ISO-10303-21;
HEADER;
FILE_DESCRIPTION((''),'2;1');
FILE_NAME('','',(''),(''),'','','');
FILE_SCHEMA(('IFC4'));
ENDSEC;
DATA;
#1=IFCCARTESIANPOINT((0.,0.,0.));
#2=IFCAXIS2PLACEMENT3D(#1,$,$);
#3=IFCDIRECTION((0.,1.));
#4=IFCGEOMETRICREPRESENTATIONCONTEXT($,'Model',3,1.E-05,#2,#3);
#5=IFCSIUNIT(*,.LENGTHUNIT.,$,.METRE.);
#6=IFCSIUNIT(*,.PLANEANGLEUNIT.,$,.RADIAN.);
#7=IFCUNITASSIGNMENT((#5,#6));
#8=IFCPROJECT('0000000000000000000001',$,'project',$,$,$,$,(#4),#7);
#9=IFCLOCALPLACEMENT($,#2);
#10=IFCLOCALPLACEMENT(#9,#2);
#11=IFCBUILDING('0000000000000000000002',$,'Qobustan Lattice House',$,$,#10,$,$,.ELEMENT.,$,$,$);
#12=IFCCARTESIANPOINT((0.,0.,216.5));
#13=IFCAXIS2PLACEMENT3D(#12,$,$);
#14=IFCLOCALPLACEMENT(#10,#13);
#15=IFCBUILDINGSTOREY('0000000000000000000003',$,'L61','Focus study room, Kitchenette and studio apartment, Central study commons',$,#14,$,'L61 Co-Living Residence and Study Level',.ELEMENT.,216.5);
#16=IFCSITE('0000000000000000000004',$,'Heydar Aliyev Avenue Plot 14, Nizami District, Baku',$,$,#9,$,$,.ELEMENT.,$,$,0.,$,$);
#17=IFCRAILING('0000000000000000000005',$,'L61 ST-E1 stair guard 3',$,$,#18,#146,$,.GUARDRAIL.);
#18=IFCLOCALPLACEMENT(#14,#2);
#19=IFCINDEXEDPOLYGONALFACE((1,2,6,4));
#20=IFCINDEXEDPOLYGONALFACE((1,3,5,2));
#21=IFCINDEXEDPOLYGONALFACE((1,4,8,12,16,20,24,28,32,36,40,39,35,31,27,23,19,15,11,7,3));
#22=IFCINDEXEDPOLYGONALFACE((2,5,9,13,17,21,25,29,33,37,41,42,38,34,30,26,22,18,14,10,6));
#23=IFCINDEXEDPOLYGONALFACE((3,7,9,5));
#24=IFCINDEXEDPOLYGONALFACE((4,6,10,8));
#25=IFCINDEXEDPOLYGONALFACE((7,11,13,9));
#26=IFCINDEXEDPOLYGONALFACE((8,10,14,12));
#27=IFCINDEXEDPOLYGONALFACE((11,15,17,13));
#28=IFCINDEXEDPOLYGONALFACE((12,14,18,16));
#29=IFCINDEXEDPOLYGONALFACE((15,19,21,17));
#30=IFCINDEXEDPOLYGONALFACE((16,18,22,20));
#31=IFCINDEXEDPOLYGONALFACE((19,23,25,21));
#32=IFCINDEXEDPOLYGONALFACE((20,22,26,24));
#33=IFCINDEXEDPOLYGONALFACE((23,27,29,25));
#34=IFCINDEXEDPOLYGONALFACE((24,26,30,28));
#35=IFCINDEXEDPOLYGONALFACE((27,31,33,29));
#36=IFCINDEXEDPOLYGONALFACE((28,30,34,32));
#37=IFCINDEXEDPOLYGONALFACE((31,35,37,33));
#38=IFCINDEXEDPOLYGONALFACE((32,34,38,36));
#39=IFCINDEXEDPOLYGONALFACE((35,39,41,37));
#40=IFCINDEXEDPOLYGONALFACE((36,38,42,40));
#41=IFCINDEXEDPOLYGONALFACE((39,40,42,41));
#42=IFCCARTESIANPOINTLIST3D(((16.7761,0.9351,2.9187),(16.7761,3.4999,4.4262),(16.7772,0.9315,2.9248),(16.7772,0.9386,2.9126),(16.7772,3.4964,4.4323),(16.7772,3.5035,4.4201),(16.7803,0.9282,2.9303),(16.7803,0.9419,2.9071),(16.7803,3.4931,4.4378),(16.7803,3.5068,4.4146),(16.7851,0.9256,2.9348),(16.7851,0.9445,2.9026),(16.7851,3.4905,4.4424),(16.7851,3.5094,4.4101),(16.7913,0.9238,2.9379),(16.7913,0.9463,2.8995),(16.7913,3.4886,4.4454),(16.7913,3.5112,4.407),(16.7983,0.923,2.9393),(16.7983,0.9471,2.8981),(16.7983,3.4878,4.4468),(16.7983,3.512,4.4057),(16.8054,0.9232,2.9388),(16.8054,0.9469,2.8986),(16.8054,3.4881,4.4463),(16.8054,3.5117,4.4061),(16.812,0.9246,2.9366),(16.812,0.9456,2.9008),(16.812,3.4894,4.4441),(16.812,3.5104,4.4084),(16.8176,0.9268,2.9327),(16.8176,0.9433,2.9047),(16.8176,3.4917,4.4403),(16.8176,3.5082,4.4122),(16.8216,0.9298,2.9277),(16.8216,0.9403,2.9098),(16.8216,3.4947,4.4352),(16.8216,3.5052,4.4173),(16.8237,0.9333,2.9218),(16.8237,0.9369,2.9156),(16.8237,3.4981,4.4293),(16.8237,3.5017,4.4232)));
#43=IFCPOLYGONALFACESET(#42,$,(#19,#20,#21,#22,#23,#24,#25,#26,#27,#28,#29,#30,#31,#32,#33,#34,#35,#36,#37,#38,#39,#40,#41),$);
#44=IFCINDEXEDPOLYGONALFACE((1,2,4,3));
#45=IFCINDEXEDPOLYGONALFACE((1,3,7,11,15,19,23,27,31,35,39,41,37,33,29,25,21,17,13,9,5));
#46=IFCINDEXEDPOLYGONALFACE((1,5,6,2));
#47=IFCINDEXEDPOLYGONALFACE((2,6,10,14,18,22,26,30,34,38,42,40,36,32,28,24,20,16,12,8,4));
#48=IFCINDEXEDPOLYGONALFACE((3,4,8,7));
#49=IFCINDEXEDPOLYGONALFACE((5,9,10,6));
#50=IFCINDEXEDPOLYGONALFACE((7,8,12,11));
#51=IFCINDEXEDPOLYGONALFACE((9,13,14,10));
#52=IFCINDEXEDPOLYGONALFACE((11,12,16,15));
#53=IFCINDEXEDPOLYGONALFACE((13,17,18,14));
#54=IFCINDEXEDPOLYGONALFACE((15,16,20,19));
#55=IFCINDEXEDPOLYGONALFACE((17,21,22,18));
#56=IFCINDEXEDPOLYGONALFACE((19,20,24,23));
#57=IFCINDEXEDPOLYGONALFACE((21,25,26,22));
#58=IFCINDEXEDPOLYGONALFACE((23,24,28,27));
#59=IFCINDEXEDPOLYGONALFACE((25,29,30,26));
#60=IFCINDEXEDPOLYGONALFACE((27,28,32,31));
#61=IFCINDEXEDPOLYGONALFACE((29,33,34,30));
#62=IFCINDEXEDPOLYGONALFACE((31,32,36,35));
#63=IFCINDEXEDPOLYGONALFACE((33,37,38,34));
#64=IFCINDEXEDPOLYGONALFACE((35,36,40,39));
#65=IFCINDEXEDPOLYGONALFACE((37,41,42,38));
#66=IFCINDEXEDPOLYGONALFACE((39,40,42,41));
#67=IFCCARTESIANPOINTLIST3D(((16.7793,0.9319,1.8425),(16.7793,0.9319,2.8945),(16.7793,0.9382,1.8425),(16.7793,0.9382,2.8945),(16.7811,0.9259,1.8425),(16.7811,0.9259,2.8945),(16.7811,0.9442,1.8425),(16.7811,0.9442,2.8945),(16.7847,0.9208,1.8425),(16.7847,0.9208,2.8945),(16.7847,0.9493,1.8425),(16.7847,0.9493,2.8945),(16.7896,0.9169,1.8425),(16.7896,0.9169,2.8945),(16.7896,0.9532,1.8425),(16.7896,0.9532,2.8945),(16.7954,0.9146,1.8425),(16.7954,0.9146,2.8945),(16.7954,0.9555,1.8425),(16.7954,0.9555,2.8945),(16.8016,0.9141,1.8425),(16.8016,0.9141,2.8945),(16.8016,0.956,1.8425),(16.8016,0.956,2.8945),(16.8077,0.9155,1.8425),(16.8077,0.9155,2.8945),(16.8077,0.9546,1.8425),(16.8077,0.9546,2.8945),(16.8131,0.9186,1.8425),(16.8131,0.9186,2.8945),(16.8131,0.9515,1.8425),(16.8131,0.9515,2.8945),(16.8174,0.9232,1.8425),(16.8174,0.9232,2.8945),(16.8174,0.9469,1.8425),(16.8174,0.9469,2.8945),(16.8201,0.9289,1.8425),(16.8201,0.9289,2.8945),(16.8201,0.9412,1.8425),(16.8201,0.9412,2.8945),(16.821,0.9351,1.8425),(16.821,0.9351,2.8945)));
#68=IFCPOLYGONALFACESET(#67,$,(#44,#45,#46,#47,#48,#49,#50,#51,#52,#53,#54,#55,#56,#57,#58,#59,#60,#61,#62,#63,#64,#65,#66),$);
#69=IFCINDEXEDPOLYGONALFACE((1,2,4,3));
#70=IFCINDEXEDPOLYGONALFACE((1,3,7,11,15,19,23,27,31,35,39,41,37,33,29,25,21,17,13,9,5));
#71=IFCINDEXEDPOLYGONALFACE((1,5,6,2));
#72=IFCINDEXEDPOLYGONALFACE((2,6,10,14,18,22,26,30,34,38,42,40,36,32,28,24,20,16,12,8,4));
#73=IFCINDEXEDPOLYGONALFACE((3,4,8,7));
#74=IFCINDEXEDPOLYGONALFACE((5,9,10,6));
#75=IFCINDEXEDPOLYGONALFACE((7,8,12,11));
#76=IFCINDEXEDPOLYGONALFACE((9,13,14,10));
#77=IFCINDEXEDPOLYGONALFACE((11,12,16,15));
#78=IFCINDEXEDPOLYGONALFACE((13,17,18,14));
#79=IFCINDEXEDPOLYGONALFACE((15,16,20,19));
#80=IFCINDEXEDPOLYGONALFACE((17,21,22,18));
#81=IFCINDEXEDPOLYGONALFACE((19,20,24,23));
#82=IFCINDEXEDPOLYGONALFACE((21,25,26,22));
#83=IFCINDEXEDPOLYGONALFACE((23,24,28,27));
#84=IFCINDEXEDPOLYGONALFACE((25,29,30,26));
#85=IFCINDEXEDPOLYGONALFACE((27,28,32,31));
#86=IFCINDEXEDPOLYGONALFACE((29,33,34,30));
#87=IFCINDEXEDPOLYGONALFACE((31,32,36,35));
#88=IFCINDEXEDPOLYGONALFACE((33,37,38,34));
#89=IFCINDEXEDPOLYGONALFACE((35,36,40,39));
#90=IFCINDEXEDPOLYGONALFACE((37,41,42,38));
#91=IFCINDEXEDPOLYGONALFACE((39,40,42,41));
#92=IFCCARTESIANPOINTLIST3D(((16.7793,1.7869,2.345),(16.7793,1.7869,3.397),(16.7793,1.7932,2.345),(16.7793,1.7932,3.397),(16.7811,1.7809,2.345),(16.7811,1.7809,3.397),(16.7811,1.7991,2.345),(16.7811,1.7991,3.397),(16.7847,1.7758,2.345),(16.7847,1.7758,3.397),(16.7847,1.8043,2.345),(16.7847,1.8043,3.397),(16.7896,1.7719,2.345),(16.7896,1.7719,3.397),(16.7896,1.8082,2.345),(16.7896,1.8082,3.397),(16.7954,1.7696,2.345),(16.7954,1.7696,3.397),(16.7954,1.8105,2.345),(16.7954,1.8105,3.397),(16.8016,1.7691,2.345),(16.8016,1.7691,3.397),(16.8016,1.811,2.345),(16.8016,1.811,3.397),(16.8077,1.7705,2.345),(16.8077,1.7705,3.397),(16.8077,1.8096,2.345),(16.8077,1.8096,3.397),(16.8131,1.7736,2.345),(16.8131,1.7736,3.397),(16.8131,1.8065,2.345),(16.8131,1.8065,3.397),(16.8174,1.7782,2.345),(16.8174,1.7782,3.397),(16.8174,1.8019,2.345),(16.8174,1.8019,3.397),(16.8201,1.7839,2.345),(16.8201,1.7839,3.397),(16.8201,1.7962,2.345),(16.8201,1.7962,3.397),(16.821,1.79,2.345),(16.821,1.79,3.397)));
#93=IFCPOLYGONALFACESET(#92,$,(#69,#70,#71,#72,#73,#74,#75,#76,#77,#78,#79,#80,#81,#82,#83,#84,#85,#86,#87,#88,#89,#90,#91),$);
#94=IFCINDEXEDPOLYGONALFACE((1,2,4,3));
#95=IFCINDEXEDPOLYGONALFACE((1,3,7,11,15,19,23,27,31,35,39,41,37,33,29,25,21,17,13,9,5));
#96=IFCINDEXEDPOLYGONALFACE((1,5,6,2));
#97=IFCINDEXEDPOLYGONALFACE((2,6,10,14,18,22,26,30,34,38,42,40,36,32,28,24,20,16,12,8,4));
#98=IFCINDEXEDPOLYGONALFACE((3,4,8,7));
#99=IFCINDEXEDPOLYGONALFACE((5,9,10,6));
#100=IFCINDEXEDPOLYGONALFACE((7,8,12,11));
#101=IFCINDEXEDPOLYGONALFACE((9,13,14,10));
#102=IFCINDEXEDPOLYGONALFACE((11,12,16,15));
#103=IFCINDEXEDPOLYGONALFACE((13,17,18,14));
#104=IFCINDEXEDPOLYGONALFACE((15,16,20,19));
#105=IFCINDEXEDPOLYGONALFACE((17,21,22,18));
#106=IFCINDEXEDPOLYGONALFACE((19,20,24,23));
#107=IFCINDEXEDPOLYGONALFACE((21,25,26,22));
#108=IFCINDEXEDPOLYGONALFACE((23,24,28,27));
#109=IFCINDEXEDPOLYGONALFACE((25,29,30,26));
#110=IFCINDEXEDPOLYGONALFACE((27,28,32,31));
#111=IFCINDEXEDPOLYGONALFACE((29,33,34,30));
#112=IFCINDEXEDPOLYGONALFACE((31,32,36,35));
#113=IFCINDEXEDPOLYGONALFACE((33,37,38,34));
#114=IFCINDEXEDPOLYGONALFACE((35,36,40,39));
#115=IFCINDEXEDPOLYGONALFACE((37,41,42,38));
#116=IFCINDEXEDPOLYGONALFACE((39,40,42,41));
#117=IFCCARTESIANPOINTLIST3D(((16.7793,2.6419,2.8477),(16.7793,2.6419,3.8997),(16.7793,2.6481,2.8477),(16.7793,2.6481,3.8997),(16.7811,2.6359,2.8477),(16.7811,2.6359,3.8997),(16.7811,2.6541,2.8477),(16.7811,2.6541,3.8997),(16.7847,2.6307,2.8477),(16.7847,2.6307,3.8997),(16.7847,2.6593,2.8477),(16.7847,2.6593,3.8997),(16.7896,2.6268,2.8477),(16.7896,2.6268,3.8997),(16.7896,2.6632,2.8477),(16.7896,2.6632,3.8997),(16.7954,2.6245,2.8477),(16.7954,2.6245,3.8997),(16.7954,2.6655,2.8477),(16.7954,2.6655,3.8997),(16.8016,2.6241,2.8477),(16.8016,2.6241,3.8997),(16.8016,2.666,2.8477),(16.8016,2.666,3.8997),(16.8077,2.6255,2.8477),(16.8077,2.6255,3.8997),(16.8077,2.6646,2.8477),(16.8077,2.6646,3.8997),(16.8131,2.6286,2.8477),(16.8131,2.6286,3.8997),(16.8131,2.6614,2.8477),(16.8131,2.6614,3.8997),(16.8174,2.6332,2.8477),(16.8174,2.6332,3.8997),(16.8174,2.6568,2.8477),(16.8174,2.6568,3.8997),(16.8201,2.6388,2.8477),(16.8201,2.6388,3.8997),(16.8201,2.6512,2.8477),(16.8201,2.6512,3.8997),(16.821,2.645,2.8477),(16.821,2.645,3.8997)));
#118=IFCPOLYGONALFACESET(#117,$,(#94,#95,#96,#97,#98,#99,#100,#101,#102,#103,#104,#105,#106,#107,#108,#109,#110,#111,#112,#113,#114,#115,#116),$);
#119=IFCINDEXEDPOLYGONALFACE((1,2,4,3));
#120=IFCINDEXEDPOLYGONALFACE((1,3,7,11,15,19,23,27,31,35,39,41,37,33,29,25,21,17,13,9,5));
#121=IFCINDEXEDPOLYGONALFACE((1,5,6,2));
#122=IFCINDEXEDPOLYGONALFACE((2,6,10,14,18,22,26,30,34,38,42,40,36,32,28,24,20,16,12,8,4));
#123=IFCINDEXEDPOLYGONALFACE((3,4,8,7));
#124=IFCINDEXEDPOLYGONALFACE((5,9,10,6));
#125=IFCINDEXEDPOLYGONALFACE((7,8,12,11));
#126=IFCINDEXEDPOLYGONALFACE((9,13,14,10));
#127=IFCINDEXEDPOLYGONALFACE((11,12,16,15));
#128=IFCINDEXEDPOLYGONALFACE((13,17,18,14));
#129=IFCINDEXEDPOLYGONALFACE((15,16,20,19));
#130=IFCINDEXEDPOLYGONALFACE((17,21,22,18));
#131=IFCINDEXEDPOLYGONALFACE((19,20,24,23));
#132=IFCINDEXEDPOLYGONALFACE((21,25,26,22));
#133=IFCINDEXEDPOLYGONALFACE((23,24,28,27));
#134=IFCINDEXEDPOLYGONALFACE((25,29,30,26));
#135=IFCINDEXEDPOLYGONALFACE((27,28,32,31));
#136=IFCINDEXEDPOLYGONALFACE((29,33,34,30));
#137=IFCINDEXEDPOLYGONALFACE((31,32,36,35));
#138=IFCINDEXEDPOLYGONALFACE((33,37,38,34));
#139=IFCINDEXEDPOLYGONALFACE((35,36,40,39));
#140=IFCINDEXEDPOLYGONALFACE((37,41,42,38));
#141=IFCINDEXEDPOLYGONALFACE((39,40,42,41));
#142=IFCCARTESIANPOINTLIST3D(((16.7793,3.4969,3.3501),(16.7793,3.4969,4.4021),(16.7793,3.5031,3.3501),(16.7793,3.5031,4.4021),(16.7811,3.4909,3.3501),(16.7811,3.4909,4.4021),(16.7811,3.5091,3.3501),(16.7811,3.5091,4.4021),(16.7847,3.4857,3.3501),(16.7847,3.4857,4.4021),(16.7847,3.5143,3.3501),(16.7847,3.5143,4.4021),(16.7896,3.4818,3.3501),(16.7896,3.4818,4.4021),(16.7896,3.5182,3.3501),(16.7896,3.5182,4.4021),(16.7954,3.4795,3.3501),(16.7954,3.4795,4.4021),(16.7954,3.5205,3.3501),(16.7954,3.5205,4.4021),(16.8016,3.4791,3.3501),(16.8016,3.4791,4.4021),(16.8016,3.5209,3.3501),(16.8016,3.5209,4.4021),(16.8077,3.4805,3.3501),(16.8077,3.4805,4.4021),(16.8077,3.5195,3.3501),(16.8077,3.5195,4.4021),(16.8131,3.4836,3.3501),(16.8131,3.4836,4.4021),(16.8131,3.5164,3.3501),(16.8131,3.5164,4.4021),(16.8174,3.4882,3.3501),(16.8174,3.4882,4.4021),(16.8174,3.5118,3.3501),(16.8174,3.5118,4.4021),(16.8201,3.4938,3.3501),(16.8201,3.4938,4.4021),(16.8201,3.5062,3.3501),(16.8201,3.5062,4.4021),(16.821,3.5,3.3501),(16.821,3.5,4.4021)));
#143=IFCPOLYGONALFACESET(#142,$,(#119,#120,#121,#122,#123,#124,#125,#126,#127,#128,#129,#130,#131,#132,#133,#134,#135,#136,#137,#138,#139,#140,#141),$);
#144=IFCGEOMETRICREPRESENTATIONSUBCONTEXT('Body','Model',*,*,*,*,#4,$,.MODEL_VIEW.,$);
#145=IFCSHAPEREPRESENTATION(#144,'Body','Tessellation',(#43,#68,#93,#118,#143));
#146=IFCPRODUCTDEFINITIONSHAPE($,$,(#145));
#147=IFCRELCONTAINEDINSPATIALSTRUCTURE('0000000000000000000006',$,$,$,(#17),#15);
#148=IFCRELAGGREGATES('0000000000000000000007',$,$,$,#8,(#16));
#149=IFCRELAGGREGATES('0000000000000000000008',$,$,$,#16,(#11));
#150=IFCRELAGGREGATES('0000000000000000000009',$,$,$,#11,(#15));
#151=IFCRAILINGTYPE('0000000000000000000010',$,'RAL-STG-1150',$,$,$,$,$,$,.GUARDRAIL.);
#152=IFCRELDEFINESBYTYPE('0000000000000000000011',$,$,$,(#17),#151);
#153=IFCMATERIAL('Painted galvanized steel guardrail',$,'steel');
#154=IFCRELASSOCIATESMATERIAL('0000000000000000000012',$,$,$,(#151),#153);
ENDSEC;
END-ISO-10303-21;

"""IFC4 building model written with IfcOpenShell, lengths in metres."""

from ifc_helpers import new_model, si_unit, direction, frame, origin, origin_2d, place, context, subcontext, project, spatial, circle, extrude, material, type_object, element, save


model = new_model("IFC4")

# Units and contexts
model_context = context("Model", 3, precision=1e-05, world=origin(), true_north=direction((0.0, 1.0)))
body_context = subcontext(model_context, "Body", "Model", "MODEL_VIEW")
ifc_project = project(units=[si_unit("LENGTHUNIT", "METRE"), si_unit("PLANEANGLEUNIT", "RADIAN")], contexts=[model_context])

# Site, building, storey
site_placement = place(None, origin())
site = spatial("IfcSite", under=ifc_project, at=site_placement, Name="Heydar Aliyev Avenue Plot 14, Nizami District, Baku", CompositionType="ELEMENT", RefElevation=0.0)
building_placement = place(site_placement, origin())
building = spatial("IfcBuilding", under=site, at=building_placement, Name="Qobustan Lattice House", CompositionType="ELEMENT")
storey_placement = place(building_placement, frame((0.0, 0.0, 216.5)))
storey = spatial("IfcBuildingStorey", under=building, at=storey_placement, Name="L61", Description="Focus study room, Kitchenette and studio apartment, Central study commons", LongName="L61 Co-Living Residence and Study Level", CompositionType="ELEMENT", Elevation=216.5)

# Railing
ifc_material_1 = material(Name="Painted galvanized steel guardrail", Category="steel")
railing_type_1 = type_object("IfcRailingType", Name="RAL-STG-1150", PredefinedType="GUARDRAIL", material=ifc_material_1)
railing_1_placement = place(storey_placement, frame((16.8, 0.9351, 1.8425)))
element("IfcRailing", 1, at=railing_1_placement, inside=storey, type_object=railing_type_1, Name="L61 ST-E1 stair guard 3", PredefinedType="GUARDRAIL", context=body_context, shape_type="SweptSolid", body=[
    extrude(circle(Radius=0.0239, at=origin_2d()), frame((0.0, 0.0, 1.0762), z_axis=(0.0, 0.862113, 0.506715), x_axis=(-1.0, 0.0, 0.0)), (0.0, 0.0, 1.0), 2.9751),
    extrude(circle(Radius=0.021, at=origin_2d()), origin(), (0.0, 0.0, 1.0), 1.052),
    extrude(circle(Radius=0.021, at=origin_2d()), frame((0.0, 0.855, 0.5024)), (0.0, 0.0, 1.0), 1.052),
    extrude(circle(Radius=0.021, at=origin_2d()), frame((0.0, 1.71, 1.0051)), (0.0, 0.0, 1.0), 1.052),
    extrude(circle(Radius=0.021, at=origin_2d()), frame((0.0, 2.5649, 1.5076)), (0.0, 0.0, 1.0), 1.052),
])

save(model, "model.ifc")
